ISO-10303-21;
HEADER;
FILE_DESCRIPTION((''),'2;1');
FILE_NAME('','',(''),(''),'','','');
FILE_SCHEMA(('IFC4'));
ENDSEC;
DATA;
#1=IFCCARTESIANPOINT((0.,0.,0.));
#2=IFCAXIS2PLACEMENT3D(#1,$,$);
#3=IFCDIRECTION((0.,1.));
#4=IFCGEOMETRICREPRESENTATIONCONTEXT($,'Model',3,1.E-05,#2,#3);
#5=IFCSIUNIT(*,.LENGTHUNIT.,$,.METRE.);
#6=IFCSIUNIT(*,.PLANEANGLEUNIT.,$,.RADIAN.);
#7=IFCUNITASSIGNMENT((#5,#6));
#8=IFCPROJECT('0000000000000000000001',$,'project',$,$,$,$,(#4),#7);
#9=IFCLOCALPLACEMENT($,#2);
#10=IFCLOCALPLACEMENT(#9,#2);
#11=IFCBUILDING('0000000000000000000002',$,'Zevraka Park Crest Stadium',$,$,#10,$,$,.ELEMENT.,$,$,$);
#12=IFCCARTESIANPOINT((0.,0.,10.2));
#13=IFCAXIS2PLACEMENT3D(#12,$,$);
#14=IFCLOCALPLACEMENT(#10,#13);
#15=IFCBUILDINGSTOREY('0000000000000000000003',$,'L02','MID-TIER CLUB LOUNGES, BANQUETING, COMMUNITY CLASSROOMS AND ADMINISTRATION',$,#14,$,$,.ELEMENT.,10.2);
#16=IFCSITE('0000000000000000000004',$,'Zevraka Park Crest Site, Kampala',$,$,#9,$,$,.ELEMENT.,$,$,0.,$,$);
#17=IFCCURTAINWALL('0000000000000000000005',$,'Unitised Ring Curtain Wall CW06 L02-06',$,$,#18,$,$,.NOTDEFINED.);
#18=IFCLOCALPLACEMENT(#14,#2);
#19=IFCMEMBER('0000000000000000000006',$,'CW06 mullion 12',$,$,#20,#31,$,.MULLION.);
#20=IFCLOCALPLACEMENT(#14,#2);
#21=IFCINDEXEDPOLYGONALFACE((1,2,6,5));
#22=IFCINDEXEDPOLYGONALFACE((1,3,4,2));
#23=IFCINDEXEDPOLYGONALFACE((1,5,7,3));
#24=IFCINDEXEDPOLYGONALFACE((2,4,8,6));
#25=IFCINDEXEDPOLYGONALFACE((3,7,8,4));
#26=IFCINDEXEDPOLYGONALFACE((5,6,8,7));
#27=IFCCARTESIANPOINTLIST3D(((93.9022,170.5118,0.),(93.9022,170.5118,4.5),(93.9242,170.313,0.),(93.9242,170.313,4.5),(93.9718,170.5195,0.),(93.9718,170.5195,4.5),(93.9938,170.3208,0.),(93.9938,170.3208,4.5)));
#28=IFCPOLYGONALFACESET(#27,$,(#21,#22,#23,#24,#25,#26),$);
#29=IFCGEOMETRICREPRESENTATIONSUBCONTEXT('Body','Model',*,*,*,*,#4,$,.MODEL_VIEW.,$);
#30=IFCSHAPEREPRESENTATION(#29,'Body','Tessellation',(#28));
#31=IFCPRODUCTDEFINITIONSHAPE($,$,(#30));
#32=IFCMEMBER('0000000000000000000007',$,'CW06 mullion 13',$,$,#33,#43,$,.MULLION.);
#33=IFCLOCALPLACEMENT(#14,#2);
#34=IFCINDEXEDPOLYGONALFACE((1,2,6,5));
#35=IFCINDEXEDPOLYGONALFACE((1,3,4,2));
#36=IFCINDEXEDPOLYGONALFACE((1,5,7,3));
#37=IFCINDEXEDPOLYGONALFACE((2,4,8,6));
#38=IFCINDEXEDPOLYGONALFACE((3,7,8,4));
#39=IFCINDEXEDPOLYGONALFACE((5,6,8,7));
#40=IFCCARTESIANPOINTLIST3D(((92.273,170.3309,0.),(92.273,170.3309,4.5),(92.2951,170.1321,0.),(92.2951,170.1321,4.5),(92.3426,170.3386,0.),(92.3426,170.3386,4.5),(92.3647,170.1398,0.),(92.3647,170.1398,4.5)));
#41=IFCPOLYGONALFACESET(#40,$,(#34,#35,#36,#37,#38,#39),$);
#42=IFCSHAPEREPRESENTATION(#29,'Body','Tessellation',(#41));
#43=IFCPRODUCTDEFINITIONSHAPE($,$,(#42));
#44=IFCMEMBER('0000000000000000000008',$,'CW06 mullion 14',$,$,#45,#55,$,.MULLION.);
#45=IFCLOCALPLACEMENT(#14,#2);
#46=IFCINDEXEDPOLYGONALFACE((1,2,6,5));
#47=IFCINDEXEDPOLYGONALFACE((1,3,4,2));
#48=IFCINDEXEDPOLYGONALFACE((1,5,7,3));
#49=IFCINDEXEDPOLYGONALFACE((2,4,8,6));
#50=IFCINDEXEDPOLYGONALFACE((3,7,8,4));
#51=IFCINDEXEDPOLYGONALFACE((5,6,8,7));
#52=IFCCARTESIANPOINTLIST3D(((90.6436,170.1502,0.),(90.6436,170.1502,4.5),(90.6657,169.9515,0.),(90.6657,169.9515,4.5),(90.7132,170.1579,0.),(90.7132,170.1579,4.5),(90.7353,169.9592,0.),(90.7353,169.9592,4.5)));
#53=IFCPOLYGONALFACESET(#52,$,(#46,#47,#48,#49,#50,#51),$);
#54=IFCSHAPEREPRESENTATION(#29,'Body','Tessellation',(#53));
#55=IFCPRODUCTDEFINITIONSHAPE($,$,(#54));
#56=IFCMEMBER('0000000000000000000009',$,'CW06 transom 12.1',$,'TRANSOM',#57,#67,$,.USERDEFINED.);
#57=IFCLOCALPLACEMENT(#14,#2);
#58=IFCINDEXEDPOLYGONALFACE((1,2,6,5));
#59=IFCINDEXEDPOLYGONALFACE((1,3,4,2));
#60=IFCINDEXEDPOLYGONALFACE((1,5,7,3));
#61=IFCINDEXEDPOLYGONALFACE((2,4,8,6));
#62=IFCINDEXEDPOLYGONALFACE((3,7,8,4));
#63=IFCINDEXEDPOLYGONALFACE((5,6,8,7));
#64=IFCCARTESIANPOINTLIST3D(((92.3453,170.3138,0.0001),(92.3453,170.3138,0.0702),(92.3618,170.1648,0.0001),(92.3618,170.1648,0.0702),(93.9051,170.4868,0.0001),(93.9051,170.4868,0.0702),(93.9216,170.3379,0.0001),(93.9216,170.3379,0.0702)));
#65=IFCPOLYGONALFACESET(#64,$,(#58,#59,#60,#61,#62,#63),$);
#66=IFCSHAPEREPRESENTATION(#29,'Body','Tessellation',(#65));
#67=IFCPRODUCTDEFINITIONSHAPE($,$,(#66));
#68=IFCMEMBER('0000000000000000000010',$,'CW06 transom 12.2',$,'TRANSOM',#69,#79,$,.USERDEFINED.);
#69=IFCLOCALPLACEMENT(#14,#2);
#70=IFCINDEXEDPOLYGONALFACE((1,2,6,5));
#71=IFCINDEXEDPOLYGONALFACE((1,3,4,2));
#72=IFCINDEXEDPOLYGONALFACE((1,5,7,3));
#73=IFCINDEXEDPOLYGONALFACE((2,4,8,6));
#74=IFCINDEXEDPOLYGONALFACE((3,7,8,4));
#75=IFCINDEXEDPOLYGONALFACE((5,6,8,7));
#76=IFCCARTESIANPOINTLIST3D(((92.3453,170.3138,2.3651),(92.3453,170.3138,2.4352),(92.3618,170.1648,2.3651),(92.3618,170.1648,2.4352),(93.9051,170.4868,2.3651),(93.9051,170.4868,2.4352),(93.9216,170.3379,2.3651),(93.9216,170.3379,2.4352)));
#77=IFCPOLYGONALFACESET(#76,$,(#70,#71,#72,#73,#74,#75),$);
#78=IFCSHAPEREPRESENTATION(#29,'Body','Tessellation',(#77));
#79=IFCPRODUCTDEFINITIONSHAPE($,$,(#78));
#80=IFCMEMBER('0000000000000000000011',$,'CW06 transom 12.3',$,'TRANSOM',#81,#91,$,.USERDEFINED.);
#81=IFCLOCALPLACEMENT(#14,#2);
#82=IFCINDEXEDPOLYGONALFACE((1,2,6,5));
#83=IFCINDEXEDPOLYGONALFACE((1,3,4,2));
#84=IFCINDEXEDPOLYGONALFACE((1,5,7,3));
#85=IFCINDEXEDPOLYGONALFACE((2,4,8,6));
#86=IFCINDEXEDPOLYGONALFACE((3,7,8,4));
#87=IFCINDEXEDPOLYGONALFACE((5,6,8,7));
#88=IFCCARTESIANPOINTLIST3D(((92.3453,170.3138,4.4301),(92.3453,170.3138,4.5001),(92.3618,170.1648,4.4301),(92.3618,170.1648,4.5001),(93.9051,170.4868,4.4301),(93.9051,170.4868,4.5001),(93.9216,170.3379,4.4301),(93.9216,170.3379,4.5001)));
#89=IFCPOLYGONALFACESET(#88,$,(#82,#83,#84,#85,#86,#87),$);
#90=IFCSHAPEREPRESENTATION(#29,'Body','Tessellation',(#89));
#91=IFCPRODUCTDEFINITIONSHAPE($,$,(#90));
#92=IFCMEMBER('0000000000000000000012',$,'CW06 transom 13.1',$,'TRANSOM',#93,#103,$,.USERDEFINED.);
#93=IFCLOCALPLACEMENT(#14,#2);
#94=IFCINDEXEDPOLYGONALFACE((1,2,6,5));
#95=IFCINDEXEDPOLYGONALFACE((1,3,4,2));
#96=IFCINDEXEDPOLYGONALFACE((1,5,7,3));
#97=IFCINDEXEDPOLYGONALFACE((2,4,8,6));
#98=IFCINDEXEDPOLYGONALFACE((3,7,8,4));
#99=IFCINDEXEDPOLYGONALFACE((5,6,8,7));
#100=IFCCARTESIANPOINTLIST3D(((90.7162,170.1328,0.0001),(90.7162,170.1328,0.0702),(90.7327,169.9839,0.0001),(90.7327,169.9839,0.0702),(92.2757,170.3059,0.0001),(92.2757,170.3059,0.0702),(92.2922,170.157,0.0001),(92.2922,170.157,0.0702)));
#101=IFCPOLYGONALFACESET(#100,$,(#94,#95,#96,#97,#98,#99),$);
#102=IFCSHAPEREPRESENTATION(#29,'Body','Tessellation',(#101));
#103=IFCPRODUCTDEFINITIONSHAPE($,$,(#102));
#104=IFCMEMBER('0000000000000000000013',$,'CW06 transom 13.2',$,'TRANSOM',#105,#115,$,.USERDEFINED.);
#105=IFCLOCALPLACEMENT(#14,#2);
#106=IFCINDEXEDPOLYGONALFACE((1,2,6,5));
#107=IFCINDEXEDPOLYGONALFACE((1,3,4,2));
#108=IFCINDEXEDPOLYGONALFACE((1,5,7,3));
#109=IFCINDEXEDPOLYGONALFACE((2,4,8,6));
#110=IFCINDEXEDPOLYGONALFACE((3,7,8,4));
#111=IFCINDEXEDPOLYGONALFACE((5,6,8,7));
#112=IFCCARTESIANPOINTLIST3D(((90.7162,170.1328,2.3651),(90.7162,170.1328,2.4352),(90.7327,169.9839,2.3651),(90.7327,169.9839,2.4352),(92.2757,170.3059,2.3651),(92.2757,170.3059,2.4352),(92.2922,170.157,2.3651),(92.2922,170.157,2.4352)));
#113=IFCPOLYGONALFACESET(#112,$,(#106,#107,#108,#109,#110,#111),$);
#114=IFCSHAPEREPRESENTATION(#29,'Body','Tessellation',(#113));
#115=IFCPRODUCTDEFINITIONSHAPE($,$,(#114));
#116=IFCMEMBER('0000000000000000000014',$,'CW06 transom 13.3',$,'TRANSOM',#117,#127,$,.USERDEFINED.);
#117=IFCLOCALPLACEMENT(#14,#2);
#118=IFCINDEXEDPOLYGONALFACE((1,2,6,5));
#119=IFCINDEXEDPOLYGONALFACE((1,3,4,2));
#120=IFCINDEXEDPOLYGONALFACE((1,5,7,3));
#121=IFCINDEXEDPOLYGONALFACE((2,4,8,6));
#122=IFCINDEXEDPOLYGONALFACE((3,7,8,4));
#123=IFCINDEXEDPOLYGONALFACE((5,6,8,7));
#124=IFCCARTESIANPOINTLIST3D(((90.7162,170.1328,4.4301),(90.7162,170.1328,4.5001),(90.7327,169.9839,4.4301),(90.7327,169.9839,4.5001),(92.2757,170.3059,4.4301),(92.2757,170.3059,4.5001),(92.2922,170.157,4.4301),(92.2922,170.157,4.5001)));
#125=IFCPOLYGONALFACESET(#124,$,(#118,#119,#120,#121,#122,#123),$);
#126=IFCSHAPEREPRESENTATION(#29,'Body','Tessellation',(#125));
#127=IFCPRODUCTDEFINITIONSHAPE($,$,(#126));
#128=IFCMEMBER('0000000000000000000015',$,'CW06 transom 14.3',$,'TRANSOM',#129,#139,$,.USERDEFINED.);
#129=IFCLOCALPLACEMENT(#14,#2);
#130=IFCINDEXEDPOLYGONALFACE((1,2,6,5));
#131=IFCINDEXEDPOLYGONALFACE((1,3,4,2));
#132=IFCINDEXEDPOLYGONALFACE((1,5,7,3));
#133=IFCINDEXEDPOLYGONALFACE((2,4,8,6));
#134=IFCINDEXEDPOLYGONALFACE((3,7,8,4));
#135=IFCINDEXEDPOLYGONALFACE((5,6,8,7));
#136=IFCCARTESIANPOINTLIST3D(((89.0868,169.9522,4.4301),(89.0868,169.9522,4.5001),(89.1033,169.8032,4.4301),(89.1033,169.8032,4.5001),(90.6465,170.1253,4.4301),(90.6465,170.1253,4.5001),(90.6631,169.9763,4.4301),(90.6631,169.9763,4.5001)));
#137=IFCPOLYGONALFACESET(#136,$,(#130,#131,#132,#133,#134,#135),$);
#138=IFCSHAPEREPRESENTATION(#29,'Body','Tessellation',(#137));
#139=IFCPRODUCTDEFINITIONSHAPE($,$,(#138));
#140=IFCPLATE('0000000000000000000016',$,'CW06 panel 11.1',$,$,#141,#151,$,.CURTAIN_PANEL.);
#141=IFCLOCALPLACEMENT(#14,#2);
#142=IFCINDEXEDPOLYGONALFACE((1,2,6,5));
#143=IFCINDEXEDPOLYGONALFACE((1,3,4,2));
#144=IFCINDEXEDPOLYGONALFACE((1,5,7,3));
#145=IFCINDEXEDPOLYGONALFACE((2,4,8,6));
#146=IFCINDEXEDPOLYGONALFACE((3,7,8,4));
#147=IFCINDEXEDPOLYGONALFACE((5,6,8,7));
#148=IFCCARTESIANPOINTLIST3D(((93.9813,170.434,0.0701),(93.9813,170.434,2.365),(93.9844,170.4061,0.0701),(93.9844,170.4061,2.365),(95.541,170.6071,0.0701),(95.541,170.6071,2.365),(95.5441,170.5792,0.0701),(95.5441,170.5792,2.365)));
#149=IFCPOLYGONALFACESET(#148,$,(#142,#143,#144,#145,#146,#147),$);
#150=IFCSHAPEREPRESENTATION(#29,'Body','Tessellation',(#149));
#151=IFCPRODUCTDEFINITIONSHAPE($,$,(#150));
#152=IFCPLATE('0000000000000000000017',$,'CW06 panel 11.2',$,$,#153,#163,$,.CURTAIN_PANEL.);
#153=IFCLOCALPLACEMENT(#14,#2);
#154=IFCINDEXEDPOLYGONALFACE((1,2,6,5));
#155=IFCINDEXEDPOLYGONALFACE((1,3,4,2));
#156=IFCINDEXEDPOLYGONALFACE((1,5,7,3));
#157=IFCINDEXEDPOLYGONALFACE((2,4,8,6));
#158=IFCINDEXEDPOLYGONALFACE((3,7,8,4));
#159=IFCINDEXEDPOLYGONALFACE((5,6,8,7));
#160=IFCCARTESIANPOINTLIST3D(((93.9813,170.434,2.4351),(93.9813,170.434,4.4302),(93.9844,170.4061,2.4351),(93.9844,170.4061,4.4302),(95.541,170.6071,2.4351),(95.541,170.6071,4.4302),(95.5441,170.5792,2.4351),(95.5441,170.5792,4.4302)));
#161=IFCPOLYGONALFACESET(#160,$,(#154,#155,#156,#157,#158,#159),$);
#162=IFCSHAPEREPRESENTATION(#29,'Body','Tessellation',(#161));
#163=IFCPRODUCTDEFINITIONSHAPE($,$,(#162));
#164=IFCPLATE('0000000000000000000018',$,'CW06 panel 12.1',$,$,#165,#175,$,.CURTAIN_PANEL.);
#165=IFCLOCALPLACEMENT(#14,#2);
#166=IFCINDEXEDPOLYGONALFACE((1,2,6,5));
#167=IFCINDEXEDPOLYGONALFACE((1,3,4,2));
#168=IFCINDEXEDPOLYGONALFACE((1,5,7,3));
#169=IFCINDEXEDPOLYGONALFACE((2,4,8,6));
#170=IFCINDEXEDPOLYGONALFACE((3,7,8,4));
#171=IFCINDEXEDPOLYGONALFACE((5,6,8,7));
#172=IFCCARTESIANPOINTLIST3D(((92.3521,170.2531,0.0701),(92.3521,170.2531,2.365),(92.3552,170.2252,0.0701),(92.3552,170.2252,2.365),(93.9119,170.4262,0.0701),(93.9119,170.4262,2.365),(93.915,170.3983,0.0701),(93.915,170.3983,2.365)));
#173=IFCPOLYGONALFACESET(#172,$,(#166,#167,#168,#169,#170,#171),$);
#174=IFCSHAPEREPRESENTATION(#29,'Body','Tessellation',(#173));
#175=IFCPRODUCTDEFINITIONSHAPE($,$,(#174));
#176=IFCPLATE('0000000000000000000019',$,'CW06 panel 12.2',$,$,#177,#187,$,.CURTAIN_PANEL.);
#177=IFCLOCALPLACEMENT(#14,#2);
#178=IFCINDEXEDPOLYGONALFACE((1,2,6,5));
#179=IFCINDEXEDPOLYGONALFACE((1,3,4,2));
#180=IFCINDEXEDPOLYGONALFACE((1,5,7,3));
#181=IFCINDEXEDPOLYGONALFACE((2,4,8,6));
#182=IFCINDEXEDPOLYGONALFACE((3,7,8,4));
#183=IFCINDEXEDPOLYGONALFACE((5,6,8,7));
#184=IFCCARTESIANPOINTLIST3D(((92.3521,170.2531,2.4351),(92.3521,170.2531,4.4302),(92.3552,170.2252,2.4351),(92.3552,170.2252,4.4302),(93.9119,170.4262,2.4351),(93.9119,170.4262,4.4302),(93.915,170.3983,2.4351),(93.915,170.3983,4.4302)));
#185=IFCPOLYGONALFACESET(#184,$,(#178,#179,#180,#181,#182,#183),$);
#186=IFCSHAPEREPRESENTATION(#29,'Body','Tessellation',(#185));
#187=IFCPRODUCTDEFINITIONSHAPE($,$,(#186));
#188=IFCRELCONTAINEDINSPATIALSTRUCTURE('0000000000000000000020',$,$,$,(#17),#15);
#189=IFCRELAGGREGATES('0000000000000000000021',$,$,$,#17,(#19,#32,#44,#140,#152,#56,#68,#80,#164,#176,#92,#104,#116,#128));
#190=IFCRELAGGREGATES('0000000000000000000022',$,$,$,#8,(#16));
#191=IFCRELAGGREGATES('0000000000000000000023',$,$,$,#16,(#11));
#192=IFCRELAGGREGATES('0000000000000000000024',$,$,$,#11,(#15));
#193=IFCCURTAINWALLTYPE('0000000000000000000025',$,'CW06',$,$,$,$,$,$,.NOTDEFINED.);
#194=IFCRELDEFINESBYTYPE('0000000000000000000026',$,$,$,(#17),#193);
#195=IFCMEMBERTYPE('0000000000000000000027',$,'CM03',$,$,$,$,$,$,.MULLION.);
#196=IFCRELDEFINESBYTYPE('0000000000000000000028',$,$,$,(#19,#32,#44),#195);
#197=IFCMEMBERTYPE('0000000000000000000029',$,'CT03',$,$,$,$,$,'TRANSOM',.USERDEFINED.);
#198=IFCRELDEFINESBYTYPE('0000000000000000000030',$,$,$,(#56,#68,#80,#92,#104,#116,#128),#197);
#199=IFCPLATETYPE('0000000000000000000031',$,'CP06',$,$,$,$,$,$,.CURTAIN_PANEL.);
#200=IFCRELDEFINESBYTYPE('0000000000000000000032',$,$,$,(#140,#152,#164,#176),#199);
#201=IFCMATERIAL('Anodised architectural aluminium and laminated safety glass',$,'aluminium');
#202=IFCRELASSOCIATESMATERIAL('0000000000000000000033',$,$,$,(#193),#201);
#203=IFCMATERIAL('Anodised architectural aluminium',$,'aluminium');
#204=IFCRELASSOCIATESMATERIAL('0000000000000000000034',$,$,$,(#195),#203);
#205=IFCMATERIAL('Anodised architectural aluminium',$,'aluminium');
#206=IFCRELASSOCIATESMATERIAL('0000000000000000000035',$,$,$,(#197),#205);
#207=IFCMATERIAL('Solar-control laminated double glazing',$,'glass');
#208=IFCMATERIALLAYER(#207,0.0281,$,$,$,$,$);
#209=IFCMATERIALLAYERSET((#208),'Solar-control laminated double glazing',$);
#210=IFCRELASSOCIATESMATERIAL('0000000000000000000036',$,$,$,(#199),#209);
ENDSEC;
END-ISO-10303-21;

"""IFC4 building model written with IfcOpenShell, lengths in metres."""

from ifc_helpers import new_model, si_unit, direction, frame, origin, origin_2d, place, context, subcontext, project, spatial, rectangle, extrude, material, layer, layer_set, material_profile, profile_set, type_object, element, aggregate, save


model = new_model("IFC4")

# Units and contexts
model_context = context("Model", 3, precision=1e-05, world=origin(), true_north=direction((0.0, 1.0)))
body_context = subcontext(model_context, "Body", "Model", "MODEL_VIEW")
ifc_project = project(units=[si_unit("LENGTHUNIT", "METRE"), si_unit("PLANEANGLEUNIT", "RADIAN")], contexts=[model_context])

# Site, building, storey
site_placement = place(None, origin())
site = spatial("IfcSite", under=ifc_project, at=site_placement, Name="Zevraka Park Crest Site, Kampala", CompositionType="ELEMENT", RefElevation=0.0)
building_placement = place(site_placement, origin())
building = spatial("IfcBuilding", under=site, at=building_placement, Name="Zevraka Park Crest Stadium", CompositionType="ELEMENT")
storey_placement = place(building_placement, frame((0.0, 0.0, 10.2)))
storey = spatial("IfcBuildingStorey", under=building, at=storey_placement, Name="L02", Description="MID-TIER CLUB LOUNGES, BANQUETING, COMMUNITY CLASSROOMS AND ADMINISTRATION", CompositionType="ELEMENT", Elevation=10.2)

# Curtain wall, members, plates
ifc_material_1 = material(Name="Anodised architectural aluminium and laminated safety glass", Category="aluminium")
curtain_wall_type = type_object("IfcCurtainWallType", Name="CW06", PredefinedType="NOTDEFINED", material=ifc_material_1)
curtain_wall_placement = place(storey_placement, origin())
curtain_wall = element("IfcCurtainWall", 1, at=curtain_wall_placement, inside=storey, type_object=curtain_wall_type, Name="Unitised Ring Curtain Wall CW06 L02-06", PredefinedType="NOTDEFINED")
ifc_material_2 = material(Name="Anodised architectural aluminium", Category="aluminium")
ifc_material_profile_1 = material_profile(ifc_material_2, rectangle(XDim=0.2, YDim=0.0701, at=origin_2d()), Name="ALU MULLION 200x70")
ifc_profile_set_1 = profile_set([ifc_material_profile_1], Name="Anodised architectural aluminium")
member_type_1 = type_object("IfcMemberType", Name="CM03", PredefinedType="MULLION", material=ifc_profile_set_1)
member_1_placement = place(storey_placement, frame((93.948, 170.4163, 0.0), z_axis=(0.0, 0.0, 1.0), x_axis=(0.110293, -0.993899, 0.0)))
member_1 = element("IfcMember", 2, at=member_1_placement, type_object=member_type_1, Name="CW06 mullion 12", PredefinedType="MULLION", context=body_context, shape_type="SweptSolid", body=[
    extrude(rectangle(XDim=0.2, YDim=0.0701, at=origin_2d()), origin(), (0.0, 0.0, 1.0), 4.5),
])
member_2_placement = place(storey_placement, frame((92.3188, 170.2354, 0.0), z_axis=(0.0, 0.0, 1.0), x_axis=(0.110293, -0.993899, 0.0)))
member_2 = element("IfcMember", 3, at=member_2_placement, type_object=member_type_1, Name="CW06 mullion 13", PredefinedType="MULLION", context=body_context, shape_type="SweptSolid", body=[
    extrude(rectangle(XDim=0.2, YDim=0.0701, at=origin_2d()), origin(), (0.0, 0.0, 1.0), 4.5),
])
member_3_placement = place(storey_placement, frame((90.6895, 170.0547, 0.0), z_axis=(0.0, 0.0, 1.0), x_axis=(0.110293, -0.993899, 0.0)))
member_3 = element("IfcMember", 4, at=member_3_placement, type_object=member_type_1, Name="CW06 mullion 14", PredefinedType="MULLION", context=body_context, shape_type="SweptSolid", body=[
    extrude(rectangle(XDim=0.2, YDim=0.0701, at=origin_2d()), origin(), (0.0, 0.0, 1.0), 4.5),
])
ifc_material_3 = material(Name="Anodised architectural aluminium", Category="aluminium")
ifc_material_profile_2 = material_profile(ifc_material_3, rectangle(XDim=0.1499, YDim=0.0701, at=origin_2d()), Name="ALU TRANSOM 150x70")
ifc_profile_set_2 = profile_set([ifc_material_profile_2], Name="Anodised architectural aluminium")
member_type_2 = type_object("IfcMemberType", Name="CT03", ElementType="TRANSOM", PredefinedType="USERDEFINED", material=ifc_profile_set_2)
member_4_placement = place(storey_placement, frame((93.9133, 170.4124, 0.0352), z_axis=(-0.993899, -0.110295, 0.0), x_axis=(0.110295, -0.993899, 0.0)))
member_4 = element("IfcMember", 5, at=member_4_placement, type_object=member_type_2, Name="CW06 transom 12.1", ObjectType="TRANSOM", PredefinedType="USERDEFINED", context=body_context, shape_type="SweptSolid", body=[
    extrude(rectangle(XDim=0.1499, YDim=0.0701, at=origin_2d()), origin(), (0.0, 0.0, 1.0), 1.5693),
])
member_5_placement = place(storey_placement, frame((93.9133, 170.4124, 2.4001), z_axis=(-0.993899, -0.110295, 0.0), x_axis=(0.110295, -0.993899, 0.0)))
member_5 = element("IfcMember", 6, at=member_5_placement, type_object=member_type_2, Name="CW06 transom 12.2", ObjectType="TRANSOM", PredefinedType="USERDEFINED", context=body_context, shape_type="SweptSolid", body=[
    extrude(rectangle(XDim=0.1499, YDim=0.0701, at=origin_2d()), origin(), (0.0, 0.0, 1.0), 1.5693),
])
member_6_placement = place(storey_placement, frame((93.9133, 170.4124, 4.4651), z_axis=(-0.993899, -0.110295, 0.0), x_axis=(0.110295, -0.993899, 0.0)))
member_6 = element("IfcMember", 7, at=member_6_placement, type_object=member_type_2, Name="CW06 transom 12.3", ObjectType="TRANSOM", PredefinedType="USERDEFINED", context=body_context, shape_type="SweptSolid", body=[
    extrude(rectangle(XDim=0.1499, YDim=0.0701, at=origin_2d()), origin(), (0.0, 0.0, 1.0), 1.5693),
])
member_7_placement = place(storey_placement, frame((92.2839, 170.2314, 0.0352), z_axis=(-0.993897, -0.110312, 0.0), x_axis=(0.110312, -0.993897, 0.0)))
member_7 = element("IfcMember", 8, at=member_7_placement, type_object=member_type_2, Name="CW06 transom 13.1", ObjectType="TRANSOM", PredefinedType="USERDEFINED", context=body_context, shape_type="SweptSolid", body=[
    extrude(rectangle(XDim=0.1499, YDim=0.0701, at=origin_2d()), origin(), (0.0, 0.0, 1.0), 1.5691),
])
member_8_placement = place(storey_placement, frame((92.2839, 170.2314, 2.4001), z_axis=(-0.993897, -0.110312, 0.0), x_axis=(0.110312, -0.993897, 0.0)))
member_8 = element("IfcMember", 9, at=member_8_placement, type_object=member_type_2, Name="CW06 transom 13.2", ObjectType="TRANSOM", PredefinedType="USERDEFINED", context=body_context, shape_type="SweptSolid", body=[
    extrude(rectangle(XDim=0.1499, YDim=0.0701, at=origin_2d()), origin(), (0.0, 0.0, 1.0), 1.5691),
])
member_9_placement = place(storey_placement, frame((92.2839, 170.2314, 4.4651), z_axis=(-0.993897, -0.110312, 0.0), x_axis=(0.110312, -0.993897, 0.0)))
member_9 = element("IfcMember", 10, at=member_9_placement, type_object=member_type_2, Name="CW06 transom 13.3", ObjectType="TRANSOM", PredefinedType="USERDEFINED", context=body_context, shape_type="SweptSolid", body=[
    extrude(rectangle(XDim=0.1499, YDim=0.0701, at=origin_2d()), origin(), (0.0, 0.0, 1.0), 1.5691),
])
member_10_placement = place(storey_placement, frame((90.6548, 170.0508, 4.4651), z_axis=(-0.993899, -0.110295, 0.0), x_axis=(0.110295, -0.993899, 0.0)))
member_10 = element("IfcMember", 11, at=member_10_placement, type_object=member_type_2, Name="CW06 transom 14.3", ObjectType="TRANSOM", PredefinedType="USERDEFINED", context=body_context, shape_type="SweptSolid", body=[
    extrude(rectangle(XDim=0.1499, YDim=0.0701, at=origin_2d()), origin(), (0.0, 0.0, 1.0), 1.5693),
])
ifc_material_4 = material(Name="Solar-control laminated double glazing", Category="glass")
ifc_layer_1 = layer(ifc_material_4, 0.0281)
ifc_layer_set_1 = layer_set([ifc_layer_1], Name="Solar-control laminated double glazing")
plate_type = type_object("IfcPlateType", Name="CP06", PredefinedType="CURTAIN_PANEL", material=ifc_layer_set_1)
plate_1_placement = place(storey_placement, frame((94.7627, 170.5066, 0.0701), z_axis=(0.0, 0.0, 1.0), x_axis=(-0.993899, -0.110293, 0.0)))
plate_1 = element("IfcPlate", 12, at=plate_1_placement, type_object=plate_type, Name="CW06 panel 11.1", PredefinedType="CURTAIN_PANEL", context=body_context, shape_type="SweptSolid", body=[
    extrude(rectangle(XDim=1.5693, YDim=0.0281, at=origin_2d()), origin(), (0.0, 0.0, 1.0), 2.2949),
])
plate_2_placement = place(storey_placement, frame((94.7627, 170.5066, 2.4351), z_axis=(0.0, 0.0, 1.0), x_axis=(-0.993899, -0.110293, 0.0)))
plate_2 = element("IfcPlate", 13, at=plate_2_placement, type_object=plate_type, Name="CW06 panel 11.2", PredefinedType="CURTAIN_PANEL", context=body_context, shape_type="SweptSolid", body=[
    extrude(rectangle(XDim=1.5693, YDim=0.0281, at=origin_2d()), origin(), (0.0, 0.0, 1.0), 1.9951),
])
plate_3_placement = place(storey_placement, frame((93.1335, 170.3257, 0.0701), z_axis=(0.0, 0.0, 1.0), x_axis=(-0.993899, -0.110293, 0.0)))
plate_3 = element("IfcPlate", 14, at=plate_3_placement, type_object=plate_type, Name="CW06 panel 12.1", PredefinedType="CURTAIN_PANEL", context=body_context, shape_type="SweptSolid", body=[
    extrude(rectangle(XDim=1.5693, YDim=0.0281, at=origin_2d()), origin(), (0.0, 0.0, 1.0), 2.2949),
])
plate_4_placement = place(storey_placement, frame((93.1335, 170.3257, 2.4351), z_axis=(0.0, 0.0, 1.0), x_axis=(-0.993899, -0.110293, 0.0)))
plate_4 = element("IfcPlate", 15, at=plate_4_placement, type_object=plate_type, Name="CW06 panel 12.2", PredefinedType="CURTAIN_PANEL", context=body_context, shape_type="SweptSolid", body=[
    extrude(rectangle(XDim=1.5693, YDim=0.0281, at=origin_2d()), origin(), (0.0, 0.0, 1.0), 1.9951),
])
aggregate(curtain_wall, [member_1, member_2, member_3, plate_1, plate_2, member_4, member_5, member_6, plate_3, plate_4, member_7, member_8, member_9, member_10])

save(model, "model.ifc")
